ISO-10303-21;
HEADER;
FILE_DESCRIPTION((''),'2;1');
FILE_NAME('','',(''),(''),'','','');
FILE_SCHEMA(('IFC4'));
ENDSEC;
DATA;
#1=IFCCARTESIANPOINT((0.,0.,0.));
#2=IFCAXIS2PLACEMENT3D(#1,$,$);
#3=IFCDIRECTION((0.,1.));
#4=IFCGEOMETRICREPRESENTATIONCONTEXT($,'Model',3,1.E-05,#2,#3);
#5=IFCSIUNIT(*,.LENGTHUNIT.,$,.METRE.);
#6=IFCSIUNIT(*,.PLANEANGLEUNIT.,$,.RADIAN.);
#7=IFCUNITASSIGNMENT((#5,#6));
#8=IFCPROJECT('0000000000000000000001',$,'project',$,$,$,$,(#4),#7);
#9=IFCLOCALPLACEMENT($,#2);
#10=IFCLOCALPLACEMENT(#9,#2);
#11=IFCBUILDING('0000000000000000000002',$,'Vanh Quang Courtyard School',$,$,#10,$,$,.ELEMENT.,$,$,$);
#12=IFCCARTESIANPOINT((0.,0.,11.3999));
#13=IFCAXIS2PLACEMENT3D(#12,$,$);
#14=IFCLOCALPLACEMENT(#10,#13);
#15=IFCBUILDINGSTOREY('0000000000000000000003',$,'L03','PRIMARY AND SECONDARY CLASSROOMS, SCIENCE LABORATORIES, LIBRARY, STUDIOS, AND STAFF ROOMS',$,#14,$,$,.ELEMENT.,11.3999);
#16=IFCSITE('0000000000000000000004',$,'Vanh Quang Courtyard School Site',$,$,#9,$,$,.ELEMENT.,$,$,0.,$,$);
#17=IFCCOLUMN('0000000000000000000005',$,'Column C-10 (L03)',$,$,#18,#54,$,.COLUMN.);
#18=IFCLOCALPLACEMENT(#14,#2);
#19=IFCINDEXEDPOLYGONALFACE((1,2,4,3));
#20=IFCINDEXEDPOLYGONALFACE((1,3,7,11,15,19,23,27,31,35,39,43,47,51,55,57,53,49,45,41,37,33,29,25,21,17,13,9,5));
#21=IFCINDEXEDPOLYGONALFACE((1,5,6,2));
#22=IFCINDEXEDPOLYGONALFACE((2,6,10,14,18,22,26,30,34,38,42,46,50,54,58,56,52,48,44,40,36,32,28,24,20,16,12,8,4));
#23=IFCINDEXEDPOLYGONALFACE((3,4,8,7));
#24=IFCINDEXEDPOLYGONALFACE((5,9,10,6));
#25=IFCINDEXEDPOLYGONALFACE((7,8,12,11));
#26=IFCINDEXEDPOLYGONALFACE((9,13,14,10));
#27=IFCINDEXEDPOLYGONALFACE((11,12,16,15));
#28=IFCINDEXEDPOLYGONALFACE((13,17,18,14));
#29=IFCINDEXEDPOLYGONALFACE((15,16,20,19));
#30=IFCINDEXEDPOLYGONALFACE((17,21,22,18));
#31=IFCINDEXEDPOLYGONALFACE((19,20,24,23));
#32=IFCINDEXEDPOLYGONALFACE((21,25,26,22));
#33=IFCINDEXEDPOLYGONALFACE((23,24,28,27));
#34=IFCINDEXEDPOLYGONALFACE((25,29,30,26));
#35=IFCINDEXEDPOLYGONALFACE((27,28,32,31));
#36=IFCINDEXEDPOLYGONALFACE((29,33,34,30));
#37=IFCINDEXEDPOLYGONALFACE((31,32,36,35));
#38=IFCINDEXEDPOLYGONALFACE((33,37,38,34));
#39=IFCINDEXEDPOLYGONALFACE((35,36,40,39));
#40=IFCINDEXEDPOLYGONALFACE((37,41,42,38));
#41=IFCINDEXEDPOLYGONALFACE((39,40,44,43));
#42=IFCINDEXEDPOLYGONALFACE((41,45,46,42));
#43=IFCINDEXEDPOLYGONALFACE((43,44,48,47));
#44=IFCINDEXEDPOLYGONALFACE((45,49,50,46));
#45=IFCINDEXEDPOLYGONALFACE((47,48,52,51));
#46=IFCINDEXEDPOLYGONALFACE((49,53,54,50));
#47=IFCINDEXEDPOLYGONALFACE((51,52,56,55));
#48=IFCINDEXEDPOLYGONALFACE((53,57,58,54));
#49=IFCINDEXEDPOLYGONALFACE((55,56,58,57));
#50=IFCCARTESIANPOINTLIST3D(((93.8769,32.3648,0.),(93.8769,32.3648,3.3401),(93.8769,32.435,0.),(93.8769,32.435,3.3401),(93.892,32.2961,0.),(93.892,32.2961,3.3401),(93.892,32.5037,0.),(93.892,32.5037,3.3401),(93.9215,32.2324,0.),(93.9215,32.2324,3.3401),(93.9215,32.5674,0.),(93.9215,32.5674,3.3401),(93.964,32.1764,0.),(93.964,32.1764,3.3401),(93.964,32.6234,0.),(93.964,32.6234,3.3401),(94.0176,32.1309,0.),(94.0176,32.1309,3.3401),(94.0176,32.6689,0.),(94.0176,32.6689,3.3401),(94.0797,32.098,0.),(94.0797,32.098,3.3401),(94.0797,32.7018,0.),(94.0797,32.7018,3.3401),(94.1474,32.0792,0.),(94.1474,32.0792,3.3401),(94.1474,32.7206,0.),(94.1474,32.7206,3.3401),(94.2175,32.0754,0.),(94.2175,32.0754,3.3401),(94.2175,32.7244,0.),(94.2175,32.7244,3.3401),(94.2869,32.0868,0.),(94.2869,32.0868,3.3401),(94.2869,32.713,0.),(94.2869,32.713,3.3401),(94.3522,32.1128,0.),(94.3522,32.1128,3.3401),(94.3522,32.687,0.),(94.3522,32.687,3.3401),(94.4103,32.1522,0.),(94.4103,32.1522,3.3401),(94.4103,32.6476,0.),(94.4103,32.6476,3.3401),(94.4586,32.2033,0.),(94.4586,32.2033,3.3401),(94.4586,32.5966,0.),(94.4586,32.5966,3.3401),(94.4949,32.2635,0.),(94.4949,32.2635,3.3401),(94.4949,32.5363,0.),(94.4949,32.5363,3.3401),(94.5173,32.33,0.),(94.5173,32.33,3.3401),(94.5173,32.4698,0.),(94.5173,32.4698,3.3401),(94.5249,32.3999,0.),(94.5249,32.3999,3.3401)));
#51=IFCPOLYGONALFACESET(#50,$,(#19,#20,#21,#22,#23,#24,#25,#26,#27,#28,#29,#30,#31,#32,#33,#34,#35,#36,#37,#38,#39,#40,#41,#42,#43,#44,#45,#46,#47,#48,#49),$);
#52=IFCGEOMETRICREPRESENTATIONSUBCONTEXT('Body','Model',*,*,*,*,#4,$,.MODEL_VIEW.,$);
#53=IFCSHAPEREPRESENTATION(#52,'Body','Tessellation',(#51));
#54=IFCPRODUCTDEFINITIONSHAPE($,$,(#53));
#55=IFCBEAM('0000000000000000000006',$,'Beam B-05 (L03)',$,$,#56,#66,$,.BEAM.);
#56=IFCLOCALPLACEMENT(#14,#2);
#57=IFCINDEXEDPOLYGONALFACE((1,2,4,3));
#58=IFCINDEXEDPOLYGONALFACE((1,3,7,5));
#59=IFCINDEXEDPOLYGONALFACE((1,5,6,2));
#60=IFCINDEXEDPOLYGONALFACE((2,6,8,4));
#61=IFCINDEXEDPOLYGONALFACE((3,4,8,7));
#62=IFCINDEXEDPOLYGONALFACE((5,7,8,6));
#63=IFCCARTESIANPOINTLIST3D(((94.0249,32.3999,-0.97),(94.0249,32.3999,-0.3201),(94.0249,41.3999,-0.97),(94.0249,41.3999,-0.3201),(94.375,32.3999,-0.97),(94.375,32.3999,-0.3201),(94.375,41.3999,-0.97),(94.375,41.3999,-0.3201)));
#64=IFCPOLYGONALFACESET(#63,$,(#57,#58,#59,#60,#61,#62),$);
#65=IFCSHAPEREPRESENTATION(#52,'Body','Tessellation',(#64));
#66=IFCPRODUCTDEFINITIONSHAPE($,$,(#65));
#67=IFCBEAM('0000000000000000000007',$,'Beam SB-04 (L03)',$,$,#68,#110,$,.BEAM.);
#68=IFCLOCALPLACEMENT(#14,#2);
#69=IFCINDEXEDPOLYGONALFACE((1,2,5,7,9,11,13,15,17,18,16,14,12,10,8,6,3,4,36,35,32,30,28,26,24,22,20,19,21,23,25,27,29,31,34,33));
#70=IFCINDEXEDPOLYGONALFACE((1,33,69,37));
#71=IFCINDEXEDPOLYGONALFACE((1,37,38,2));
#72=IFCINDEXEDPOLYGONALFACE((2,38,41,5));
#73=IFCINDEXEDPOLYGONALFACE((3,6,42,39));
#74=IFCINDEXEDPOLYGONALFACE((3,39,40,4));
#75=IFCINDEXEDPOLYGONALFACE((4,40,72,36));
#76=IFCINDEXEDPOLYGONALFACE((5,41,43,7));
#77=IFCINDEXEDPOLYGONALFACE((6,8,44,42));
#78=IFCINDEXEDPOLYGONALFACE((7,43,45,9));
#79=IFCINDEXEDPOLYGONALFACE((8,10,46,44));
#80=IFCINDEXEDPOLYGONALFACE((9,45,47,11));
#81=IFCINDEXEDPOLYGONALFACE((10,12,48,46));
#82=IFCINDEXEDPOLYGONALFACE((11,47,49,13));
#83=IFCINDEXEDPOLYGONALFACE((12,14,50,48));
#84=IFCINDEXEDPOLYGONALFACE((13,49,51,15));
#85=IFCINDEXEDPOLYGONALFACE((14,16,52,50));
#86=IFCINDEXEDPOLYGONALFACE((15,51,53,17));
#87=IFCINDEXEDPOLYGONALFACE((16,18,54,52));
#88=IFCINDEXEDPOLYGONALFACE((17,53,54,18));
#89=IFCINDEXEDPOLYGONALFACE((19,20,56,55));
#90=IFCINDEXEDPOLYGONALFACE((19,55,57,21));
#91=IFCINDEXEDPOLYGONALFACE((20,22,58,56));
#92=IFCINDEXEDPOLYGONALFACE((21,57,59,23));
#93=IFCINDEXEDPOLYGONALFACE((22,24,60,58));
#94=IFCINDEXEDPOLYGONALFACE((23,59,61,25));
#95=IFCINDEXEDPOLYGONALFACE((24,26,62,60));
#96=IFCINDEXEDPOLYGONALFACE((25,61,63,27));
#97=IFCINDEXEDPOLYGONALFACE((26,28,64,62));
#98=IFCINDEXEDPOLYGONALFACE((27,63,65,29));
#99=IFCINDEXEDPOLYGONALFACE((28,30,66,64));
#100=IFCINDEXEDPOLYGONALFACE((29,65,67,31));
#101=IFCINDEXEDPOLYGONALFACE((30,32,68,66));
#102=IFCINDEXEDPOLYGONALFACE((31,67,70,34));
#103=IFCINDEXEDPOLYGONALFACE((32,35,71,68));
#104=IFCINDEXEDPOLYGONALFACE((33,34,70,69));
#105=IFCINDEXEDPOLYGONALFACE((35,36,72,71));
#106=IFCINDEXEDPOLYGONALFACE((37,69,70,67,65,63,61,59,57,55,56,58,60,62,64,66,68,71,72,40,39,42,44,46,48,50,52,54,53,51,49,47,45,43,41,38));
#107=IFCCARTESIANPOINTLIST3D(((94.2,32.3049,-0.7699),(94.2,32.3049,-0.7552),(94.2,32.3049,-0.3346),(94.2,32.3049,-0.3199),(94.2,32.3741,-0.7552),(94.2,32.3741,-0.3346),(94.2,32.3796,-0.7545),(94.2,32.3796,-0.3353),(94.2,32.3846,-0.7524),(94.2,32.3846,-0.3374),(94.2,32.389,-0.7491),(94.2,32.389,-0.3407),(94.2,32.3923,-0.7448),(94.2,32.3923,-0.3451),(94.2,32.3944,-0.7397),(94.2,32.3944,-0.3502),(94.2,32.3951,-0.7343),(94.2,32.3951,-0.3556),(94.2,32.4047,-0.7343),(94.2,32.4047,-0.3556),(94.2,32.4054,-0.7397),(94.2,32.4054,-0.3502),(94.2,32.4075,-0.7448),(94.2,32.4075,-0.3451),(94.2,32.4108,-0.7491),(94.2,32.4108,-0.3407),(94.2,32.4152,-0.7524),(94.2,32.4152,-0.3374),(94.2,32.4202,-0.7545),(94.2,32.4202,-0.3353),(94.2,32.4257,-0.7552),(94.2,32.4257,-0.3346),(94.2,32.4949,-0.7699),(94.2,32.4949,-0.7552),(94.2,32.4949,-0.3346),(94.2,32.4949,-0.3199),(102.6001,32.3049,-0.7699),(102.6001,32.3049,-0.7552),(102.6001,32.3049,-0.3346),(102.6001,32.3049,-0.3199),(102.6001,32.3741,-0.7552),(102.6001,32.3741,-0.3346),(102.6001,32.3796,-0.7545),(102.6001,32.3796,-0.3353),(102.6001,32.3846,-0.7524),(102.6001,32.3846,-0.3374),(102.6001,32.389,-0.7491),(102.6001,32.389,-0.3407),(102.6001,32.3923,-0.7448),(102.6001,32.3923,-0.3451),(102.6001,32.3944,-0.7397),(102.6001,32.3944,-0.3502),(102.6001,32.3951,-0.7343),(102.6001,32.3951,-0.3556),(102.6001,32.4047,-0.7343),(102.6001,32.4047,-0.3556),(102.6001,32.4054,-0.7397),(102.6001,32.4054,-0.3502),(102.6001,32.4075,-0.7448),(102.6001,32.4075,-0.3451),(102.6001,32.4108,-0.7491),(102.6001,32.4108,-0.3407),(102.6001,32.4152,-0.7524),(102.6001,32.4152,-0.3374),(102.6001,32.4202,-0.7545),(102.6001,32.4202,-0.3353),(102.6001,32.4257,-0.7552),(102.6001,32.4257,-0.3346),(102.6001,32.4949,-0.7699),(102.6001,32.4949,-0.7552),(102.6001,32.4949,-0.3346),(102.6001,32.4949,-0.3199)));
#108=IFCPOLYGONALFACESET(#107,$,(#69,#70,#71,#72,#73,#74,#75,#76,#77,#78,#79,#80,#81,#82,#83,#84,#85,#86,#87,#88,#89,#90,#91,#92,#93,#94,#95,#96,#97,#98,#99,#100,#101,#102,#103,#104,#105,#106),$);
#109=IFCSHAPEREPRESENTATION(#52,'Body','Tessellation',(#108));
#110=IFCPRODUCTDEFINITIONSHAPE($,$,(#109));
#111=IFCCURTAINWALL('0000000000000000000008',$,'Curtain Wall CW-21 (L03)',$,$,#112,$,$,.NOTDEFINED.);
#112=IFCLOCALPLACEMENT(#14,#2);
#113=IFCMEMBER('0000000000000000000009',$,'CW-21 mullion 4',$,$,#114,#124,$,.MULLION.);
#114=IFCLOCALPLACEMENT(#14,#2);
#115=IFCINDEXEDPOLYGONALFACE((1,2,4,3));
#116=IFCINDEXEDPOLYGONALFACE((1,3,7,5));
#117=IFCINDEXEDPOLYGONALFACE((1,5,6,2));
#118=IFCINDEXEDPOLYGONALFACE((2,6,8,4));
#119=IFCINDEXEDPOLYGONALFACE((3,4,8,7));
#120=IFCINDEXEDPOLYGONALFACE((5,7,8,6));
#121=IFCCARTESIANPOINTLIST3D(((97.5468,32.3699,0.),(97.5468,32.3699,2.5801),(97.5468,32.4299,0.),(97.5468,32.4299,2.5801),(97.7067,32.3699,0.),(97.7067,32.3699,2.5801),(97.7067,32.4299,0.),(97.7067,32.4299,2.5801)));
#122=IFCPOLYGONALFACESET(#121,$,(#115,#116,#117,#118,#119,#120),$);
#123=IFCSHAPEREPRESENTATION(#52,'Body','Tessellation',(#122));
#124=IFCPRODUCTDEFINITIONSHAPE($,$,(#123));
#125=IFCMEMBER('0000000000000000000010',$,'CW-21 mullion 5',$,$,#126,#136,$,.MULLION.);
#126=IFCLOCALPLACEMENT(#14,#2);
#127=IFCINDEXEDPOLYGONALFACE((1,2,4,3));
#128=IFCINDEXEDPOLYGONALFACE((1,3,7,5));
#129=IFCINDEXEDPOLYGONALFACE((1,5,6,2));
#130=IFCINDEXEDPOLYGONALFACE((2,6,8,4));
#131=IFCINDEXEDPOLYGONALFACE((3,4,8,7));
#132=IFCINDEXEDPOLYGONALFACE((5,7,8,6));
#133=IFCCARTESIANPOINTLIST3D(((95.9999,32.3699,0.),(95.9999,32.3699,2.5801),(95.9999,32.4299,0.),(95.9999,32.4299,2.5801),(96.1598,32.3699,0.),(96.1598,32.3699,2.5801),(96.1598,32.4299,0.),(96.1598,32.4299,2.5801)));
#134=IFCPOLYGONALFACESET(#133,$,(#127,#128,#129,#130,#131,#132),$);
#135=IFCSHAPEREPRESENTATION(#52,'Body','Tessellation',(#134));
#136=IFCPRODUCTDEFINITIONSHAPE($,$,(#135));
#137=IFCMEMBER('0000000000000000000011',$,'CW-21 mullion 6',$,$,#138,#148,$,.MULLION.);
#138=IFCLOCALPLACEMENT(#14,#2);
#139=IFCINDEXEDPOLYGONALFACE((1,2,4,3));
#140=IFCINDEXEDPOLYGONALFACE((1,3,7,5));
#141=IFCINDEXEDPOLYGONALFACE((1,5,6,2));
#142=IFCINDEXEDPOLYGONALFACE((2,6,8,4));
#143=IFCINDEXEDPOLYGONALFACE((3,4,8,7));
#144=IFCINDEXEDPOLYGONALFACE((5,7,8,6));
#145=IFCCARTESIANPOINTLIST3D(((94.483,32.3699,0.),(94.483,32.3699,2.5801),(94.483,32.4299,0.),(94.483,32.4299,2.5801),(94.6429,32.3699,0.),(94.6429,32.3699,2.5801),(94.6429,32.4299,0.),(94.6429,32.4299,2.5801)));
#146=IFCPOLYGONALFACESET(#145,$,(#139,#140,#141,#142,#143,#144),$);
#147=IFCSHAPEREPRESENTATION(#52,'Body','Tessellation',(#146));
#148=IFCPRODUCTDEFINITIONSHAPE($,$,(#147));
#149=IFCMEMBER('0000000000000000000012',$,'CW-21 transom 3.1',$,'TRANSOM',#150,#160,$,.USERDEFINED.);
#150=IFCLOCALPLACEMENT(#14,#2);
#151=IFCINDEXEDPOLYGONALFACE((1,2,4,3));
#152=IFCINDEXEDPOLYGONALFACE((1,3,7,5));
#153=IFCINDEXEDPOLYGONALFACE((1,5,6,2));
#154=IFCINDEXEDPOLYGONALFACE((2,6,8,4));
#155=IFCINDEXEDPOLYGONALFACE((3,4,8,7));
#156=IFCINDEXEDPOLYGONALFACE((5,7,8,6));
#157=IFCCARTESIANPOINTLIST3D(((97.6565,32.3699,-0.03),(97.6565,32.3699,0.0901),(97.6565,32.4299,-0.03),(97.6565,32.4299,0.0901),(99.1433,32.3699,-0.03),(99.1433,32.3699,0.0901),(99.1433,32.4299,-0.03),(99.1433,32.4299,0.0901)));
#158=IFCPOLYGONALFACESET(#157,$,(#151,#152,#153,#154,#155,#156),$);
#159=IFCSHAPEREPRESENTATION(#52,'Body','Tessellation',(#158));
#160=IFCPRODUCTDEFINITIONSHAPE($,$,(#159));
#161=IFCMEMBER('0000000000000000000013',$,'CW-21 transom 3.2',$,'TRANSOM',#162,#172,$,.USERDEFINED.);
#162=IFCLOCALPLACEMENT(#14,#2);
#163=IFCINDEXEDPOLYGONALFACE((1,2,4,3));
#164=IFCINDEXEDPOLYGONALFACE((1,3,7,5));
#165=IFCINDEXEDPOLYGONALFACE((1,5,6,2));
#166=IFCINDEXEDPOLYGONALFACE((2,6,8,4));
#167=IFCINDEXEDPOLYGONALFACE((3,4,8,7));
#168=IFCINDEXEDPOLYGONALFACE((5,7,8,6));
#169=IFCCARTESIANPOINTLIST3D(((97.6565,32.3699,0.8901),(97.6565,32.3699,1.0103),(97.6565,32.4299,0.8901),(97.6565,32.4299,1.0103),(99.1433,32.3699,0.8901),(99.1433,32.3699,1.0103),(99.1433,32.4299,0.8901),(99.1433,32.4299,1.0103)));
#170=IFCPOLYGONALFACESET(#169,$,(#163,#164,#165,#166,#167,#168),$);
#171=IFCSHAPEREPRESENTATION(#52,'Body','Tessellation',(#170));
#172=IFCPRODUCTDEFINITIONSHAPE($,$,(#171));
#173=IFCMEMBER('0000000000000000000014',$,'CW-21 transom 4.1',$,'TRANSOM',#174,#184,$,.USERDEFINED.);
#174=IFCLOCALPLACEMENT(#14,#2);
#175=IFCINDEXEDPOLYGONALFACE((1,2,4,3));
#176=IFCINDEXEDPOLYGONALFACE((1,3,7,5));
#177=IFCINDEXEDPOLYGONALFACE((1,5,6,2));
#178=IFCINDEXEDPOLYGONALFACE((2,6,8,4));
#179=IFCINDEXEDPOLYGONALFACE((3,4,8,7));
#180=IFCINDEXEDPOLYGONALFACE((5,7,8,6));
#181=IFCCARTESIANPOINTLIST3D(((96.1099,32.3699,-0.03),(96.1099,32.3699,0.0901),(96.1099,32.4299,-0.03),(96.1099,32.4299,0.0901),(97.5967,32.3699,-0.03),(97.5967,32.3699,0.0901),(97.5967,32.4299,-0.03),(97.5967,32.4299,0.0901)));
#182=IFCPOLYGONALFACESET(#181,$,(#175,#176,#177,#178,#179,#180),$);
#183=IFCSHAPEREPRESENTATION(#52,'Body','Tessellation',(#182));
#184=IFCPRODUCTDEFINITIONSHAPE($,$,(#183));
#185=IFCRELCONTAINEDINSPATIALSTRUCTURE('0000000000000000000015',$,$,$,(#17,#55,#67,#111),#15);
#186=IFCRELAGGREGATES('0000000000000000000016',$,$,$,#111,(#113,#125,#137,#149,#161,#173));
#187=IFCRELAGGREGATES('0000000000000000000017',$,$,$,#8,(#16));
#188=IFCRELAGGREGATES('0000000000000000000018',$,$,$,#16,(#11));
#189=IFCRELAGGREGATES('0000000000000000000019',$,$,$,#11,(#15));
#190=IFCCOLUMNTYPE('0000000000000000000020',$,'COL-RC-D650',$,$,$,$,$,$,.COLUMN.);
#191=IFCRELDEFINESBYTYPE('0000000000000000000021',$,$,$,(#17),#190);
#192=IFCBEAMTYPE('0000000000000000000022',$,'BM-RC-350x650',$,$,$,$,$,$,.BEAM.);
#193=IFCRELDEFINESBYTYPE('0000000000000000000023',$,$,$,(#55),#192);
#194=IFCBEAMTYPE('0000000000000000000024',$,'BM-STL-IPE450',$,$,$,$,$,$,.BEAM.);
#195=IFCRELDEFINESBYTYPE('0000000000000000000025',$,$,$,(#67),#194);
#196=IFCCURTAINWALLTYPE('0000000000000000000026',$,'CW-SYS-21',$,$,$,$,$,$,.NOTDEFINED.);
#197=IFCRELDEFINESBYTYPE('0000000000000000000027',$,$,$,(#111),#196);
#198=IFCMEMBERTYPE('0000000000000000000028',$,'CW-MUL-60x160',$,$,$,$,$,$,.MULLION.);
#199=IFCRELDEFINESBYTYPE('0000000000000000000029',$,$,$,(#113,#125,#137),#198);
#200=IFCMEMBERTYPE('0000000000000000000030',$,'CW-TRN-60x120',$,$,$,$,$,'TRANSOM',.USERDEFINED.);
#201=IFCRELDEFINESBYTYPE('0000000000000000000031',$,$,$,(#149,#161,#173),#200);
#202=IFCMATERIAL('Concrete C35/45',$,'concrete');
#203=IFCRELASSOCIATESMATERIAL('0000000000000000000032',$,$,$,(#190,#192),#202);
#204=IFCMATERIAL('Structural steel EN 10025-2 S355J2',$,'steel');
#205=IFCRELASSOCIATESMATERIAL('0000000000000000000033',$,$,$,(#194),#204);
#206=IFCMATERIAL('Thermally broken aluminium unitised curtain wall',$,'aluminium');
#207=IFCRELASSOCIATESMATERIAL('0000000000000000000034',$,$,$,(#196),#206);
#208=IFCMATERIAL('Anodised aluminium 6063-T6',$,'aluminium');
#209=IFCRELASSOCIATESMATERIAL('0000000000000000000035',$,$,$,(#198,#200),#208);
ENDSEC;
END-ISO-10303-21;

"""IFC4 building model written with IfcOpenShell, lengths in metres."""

from ifc_helpers import new_model, si_unit, direction, frame, origin, origin_2d, place, context, subcontext, project, spatial, rectangle, circle, i_section, extrude, material, material_profile, profile_set, type_object, element, aggregate, save


model = new_model("IFC4")

# Units and contexts
model_context = context("Model", 3, precision=1e-05, world=origin(), true_north=direction((0.0, 1.0)))
body_context = subcontext(model_context, "Body", "Model", "MODEL_VIEW")
ifc_project = project(units=[si_unit("LENGTHUNIT", "METRE"), si_unit("PLANEANGLEUNIT", "RADIAN")], contexts=[model_context])

# Site, building, storey
site_placement = place(None, origin())
site = spatial("IfcSite", under=ifc_project, at=site_placement, Name="Vanh Quang Courtyard School Site", CompositionType="ELEMENT", RefElevation=0.0)
building_placement = place(site_placement, origin())
building = spatial("IfcBuilding", under=site, at=building_placement, Name="Vanh Quang Courtyard School", CompositionType="ELEMENT")
storey_placement = place(building_placement, frame((0.0, 0.0, 11.3999)))
storey = spatial("IfcBuildingStorey", under=building, at=storey_placement, Name="L03", Description="PRIMARY AND SECONDARY CLASSROOMS, SCIENCE LABORATORIES, LIBRARY, STUDIOS, AND STAFF ROOMS", CompositionType="ELEMENT", Elevation=11.3999)

# Column
ifc_material_1 = material(Name="Concrete C35/45", Category="concrete")
ifc_material_profile_1 = material_profile(ifc_material_1, circle(Radius=0.325, at=origin_2d()), Name="RC-COL D650")
ifc_profile_set_1 = profile_set([ifc_material_profile_1], Name="Concrete C35/45")
column_type = type_object("IfcColumnType", Name="COL-RC-D650", PredefinedType="COLUMN", material=ifc_profile_set_1)
column_placement = place(storey_placement, frame((94.2, 32.3999, 0.0), z_axis=(0.0, 0.0, 1.0), x_axis=(1.0, 0.0, 0.0)))
element("IfcColumn", 1, at=column_placement, inside=storey, type_object=column_type, Name="Column C-10 (L03)", PredefinedType="COLUMN", context=body_context, shape_type="SweptSolid", body=[
    extrude(circle(Radius=0.325, at=origin_2d()), origin(), (0.0, 0.0, 1.0), 3.3401),
])

# Beams
ifc_material_profile_2 = material_profile(ifc_material_1, rectangle(XDim=0.3501, YDim=0.6499, at=origin_2d()), Name="RC-BM 350x650")
ifc_profile_set_2 = profile_set([ifc_material_profile_2], Name="Concrete C35/45")
beam_type_1 = type_object("IfcBeamType", Name="BM-RC-350x650", PredefinedType="BEAM", material=ifc_profile_set_2)
beam_1_placement = place(storey_placement, frame((94.2, 32.3999, -0.645), z_axis=(0.0, 1.0, 0.0), x_axis=(-1.0, 0.0, 0.0)))
element("IfcBeam", 2, at=beam_1_placement, inside=storey, type_object=beam_type_1, Name="Beam B-05 (L03)", PredefinedType="BEAM", context=body_context, shape_type="SweptSolid", body=[
    extrude(rectangle(XDim=0.3501, YDim=0.6499, at=origin_2d()), origin(), (0.0, 0.0, 1.0), 9.0),
])
ifc_material_2 = material(Name="Structural steel EN 10025-2 S355J2", Category="steel")
ifc_material_profile_3 = material_profile(ifc_material_2, i_section(OverallWidth=0.1899, OverallDepth=0.45, WebThickness=0.0095, FlangeThickness=0.0146, FilletRadius=0.021, at=origin_2d()), Name="IPE 450")
ifc_profile_set_3 = profile_set([ifc_material_profile_3], Name="Structural steel EN 10025-2 S355J2")
beam_type_2 = type_object("IfcBeamType", Name="BM-STL-IPE450", PredefinedType="BEAM", material=ifc_profile_set_3)
beam_2_placement = place(storey_placement, frame((94.2, 32.3999, -0.5449), z_axis=(1.0, 0.0, 0.0), x_axis=(0.0, 1.0, 0.0)))
element("IfcBeam", 3, at=beam_2_placement, inside=storey, type_object=beam_type_2, Name="Beam SB-04 (L03)", PredefinedType="BEAM", context=body_context, shape_type="SweptSolid", body=[
    extrude(i_section(OverallWidth=0.1899, OverallDepth=0.45, WebThickness=0.0095, FlangeThickness=0.0146, FilletRadius=0.021, at=origin_2d()), origin(), (0.0, 0.0, 1.0), 8.4001),
])

# Curtain wall, members
ifc_material_3 = material(Name="Thermally broken aluminium unitised curtain wall", Category="aluminium")
curtain_wall_type = type_object("IfcCurtainWallType", Name="CW-SYS-21", PredefinedType="NOTDEFINED", material=ifc_material_3)
curtain_wall_placement = place(storey_placement, origin())
curtain_wall = element("IfcCurtainWall", 4, at=curtain_wall_placement, inside=storey, type_object=curtain_wall_type, Name="Curtain Wall CW-21 (L03)", PredefinedType="NOTDEFINED")
ifc_material_4 = material(Name="Anodised aluminium 6063-T6", Category="aluminium")
ifc_material_profile_4 = material_profile(ifc_material_4, rectangle(XDim=0.0601, YDim=0.1599, at=origin_2d()), Name="ALU-MUL 60x160")
ifc_profile_set_4 = profile_set([ifc_material_profile_4], Name="Anodised aluminium 6063-T6")
member_type_1 = type_object("IfcMemberType", Name="CW-MUL-60x160", PredefinedType="MULLION", material=ifc_profile_set_4)
member_1_placement = place(storey_placement, frame((97.6267, 32.3999, 0.0), z_axis=(0.0, 0.0, 1.0), x_axis=(0.0, -1.0, 0.0)))
member_1 = element("IfcMember", 5, at=member_1_placement, type_object=member_type_1, Name="CW-21 mullion 4", PredefinedType="MULLION", context=body_context, shape_type="SweptSolid", body=[
    extrude(rectangle(XDim=0.0601, YDim=0.1599, at=origin_2d()), origin(), (0.0, 0.0, 1.0), 2.5801),
])
member_2_placement = place(storey_placement, frame((96.0798, 32.3999, 0.0), z_axis=(0.0, 0.0, 1.0), x_axis=(0.0, -1.0, 0.0)))
member_2 = element("IfcMember", 6, at=member_2_placement, type_object=member_type_1, Name="CW-21 mullion 5", PredefinedType="MULLION", context=body_context, shape_type="SweptSolid", body=[
    extrude(rectangle(XDim=0.0601, YDim=0.1599, at=origin_2d()), origin(), (0.0, 0.0, 1.0), 2.5801),
])
member_3_placement = place(storey_placement, frame((94.563, 32.3999, 0.0), z_axis=(0.0, 0.0, 1.0), x_axis=(0.0, -1.0, 0.0)))
member_3 = element("IfcMember", 7, at=member_3_placement, type_object=member_type_1, Name="CW-21 mullion 6", PredefinedType="MULLION", context=body_context, shape_type="SweptSolid", body=[
    extrude(rectangle(XDim=0.0601, YDim=0.1599, at=origin_2d()), origin(), (0.0, 0.0, 1.0), 2.5801),
])
ifc_material_profile_5 = material_profile(ifc_material_4, rectangle(XDim=0.0601, YDim=0.1201, at=origin_2d()), Name="ALU-TRN 60x120")
ifc_profile_set_5 = profile_set([ifc_material_profile_5], Name="Anodised aluminium 6063-T6")
member_type_2 = type_object("IfcMemberType", Name="CW-TRN-60x120", ElementType="TRANSOM", PredefinedType="USERDEFINED", material=ifc_profile_set_5)
member_4_placement = place(storey_placement, frame((99.1433, 32.3999, 0.03), z_axis=(-1.0, 0.0, 0.0), x_axis=(0.0, -1.0, 0.0)))
member_4 = element("IfcMember", 8, at=member_4_placement, type_object=member_type_2, Name="CW-21 transom 3.1", ObjectType="TRANSOM", PredefinedType="USERDEFINED", context=body_context, shape_type="SweptSolid", body=[
    extrude(rectangle(XDim=0.0601, YDim=0.1201, at=origin_2d()), origin(), (0.0, 0.0, 1.0), 1.4868),
])
member_5_placement = place(storey_placement, frame((99.1433, 32.3999, 0.9502), z_axis=(-1.0, 0.0, 0.0), x_axis=(0.0, -1.0, 0.0)))
member_5 = element("IfcMember", 9, at=member_5_placement, type_object=member_type_2, Name="CW-21 transom 3.2", ObjectType="TRANSOM", PredefinedType="USERDEFINED", context=body_context, shape_type="SweptSolid", body=[
    extrude(rectangle(XDim=0.0601, YDim=0.1201, at=origin_2d()), origin(), (0.0, 0.0, 1.0), 1.4868),
])
member_6_placement = place(storey_placement, frame((97.5967, 32.3999, 0.03), z_axis=(-1.0, 0.0, 0.0), x_axis=(0.0, -1.0, 0.0)))
member_6 = element("IfcMember", 10, at=member_6_placement, type_object=member_type_2, Name="CW-21 transom 4.1", ObjectType="TRANSOM", PredefinedType="USERDEFINED", context=body_context, shape_type="SweptSolid", body=[
    extrude(rectangle(XDim=0.0601, YDim=0.1201, at=origin_2d()), origin(), (0.0, 0.0, 1.0), 1.4868),
])

aggregate(curtain_wall, [member_1, member_2, member_3, member_4, member_5, member_6])

save(model, "model.ifc")
